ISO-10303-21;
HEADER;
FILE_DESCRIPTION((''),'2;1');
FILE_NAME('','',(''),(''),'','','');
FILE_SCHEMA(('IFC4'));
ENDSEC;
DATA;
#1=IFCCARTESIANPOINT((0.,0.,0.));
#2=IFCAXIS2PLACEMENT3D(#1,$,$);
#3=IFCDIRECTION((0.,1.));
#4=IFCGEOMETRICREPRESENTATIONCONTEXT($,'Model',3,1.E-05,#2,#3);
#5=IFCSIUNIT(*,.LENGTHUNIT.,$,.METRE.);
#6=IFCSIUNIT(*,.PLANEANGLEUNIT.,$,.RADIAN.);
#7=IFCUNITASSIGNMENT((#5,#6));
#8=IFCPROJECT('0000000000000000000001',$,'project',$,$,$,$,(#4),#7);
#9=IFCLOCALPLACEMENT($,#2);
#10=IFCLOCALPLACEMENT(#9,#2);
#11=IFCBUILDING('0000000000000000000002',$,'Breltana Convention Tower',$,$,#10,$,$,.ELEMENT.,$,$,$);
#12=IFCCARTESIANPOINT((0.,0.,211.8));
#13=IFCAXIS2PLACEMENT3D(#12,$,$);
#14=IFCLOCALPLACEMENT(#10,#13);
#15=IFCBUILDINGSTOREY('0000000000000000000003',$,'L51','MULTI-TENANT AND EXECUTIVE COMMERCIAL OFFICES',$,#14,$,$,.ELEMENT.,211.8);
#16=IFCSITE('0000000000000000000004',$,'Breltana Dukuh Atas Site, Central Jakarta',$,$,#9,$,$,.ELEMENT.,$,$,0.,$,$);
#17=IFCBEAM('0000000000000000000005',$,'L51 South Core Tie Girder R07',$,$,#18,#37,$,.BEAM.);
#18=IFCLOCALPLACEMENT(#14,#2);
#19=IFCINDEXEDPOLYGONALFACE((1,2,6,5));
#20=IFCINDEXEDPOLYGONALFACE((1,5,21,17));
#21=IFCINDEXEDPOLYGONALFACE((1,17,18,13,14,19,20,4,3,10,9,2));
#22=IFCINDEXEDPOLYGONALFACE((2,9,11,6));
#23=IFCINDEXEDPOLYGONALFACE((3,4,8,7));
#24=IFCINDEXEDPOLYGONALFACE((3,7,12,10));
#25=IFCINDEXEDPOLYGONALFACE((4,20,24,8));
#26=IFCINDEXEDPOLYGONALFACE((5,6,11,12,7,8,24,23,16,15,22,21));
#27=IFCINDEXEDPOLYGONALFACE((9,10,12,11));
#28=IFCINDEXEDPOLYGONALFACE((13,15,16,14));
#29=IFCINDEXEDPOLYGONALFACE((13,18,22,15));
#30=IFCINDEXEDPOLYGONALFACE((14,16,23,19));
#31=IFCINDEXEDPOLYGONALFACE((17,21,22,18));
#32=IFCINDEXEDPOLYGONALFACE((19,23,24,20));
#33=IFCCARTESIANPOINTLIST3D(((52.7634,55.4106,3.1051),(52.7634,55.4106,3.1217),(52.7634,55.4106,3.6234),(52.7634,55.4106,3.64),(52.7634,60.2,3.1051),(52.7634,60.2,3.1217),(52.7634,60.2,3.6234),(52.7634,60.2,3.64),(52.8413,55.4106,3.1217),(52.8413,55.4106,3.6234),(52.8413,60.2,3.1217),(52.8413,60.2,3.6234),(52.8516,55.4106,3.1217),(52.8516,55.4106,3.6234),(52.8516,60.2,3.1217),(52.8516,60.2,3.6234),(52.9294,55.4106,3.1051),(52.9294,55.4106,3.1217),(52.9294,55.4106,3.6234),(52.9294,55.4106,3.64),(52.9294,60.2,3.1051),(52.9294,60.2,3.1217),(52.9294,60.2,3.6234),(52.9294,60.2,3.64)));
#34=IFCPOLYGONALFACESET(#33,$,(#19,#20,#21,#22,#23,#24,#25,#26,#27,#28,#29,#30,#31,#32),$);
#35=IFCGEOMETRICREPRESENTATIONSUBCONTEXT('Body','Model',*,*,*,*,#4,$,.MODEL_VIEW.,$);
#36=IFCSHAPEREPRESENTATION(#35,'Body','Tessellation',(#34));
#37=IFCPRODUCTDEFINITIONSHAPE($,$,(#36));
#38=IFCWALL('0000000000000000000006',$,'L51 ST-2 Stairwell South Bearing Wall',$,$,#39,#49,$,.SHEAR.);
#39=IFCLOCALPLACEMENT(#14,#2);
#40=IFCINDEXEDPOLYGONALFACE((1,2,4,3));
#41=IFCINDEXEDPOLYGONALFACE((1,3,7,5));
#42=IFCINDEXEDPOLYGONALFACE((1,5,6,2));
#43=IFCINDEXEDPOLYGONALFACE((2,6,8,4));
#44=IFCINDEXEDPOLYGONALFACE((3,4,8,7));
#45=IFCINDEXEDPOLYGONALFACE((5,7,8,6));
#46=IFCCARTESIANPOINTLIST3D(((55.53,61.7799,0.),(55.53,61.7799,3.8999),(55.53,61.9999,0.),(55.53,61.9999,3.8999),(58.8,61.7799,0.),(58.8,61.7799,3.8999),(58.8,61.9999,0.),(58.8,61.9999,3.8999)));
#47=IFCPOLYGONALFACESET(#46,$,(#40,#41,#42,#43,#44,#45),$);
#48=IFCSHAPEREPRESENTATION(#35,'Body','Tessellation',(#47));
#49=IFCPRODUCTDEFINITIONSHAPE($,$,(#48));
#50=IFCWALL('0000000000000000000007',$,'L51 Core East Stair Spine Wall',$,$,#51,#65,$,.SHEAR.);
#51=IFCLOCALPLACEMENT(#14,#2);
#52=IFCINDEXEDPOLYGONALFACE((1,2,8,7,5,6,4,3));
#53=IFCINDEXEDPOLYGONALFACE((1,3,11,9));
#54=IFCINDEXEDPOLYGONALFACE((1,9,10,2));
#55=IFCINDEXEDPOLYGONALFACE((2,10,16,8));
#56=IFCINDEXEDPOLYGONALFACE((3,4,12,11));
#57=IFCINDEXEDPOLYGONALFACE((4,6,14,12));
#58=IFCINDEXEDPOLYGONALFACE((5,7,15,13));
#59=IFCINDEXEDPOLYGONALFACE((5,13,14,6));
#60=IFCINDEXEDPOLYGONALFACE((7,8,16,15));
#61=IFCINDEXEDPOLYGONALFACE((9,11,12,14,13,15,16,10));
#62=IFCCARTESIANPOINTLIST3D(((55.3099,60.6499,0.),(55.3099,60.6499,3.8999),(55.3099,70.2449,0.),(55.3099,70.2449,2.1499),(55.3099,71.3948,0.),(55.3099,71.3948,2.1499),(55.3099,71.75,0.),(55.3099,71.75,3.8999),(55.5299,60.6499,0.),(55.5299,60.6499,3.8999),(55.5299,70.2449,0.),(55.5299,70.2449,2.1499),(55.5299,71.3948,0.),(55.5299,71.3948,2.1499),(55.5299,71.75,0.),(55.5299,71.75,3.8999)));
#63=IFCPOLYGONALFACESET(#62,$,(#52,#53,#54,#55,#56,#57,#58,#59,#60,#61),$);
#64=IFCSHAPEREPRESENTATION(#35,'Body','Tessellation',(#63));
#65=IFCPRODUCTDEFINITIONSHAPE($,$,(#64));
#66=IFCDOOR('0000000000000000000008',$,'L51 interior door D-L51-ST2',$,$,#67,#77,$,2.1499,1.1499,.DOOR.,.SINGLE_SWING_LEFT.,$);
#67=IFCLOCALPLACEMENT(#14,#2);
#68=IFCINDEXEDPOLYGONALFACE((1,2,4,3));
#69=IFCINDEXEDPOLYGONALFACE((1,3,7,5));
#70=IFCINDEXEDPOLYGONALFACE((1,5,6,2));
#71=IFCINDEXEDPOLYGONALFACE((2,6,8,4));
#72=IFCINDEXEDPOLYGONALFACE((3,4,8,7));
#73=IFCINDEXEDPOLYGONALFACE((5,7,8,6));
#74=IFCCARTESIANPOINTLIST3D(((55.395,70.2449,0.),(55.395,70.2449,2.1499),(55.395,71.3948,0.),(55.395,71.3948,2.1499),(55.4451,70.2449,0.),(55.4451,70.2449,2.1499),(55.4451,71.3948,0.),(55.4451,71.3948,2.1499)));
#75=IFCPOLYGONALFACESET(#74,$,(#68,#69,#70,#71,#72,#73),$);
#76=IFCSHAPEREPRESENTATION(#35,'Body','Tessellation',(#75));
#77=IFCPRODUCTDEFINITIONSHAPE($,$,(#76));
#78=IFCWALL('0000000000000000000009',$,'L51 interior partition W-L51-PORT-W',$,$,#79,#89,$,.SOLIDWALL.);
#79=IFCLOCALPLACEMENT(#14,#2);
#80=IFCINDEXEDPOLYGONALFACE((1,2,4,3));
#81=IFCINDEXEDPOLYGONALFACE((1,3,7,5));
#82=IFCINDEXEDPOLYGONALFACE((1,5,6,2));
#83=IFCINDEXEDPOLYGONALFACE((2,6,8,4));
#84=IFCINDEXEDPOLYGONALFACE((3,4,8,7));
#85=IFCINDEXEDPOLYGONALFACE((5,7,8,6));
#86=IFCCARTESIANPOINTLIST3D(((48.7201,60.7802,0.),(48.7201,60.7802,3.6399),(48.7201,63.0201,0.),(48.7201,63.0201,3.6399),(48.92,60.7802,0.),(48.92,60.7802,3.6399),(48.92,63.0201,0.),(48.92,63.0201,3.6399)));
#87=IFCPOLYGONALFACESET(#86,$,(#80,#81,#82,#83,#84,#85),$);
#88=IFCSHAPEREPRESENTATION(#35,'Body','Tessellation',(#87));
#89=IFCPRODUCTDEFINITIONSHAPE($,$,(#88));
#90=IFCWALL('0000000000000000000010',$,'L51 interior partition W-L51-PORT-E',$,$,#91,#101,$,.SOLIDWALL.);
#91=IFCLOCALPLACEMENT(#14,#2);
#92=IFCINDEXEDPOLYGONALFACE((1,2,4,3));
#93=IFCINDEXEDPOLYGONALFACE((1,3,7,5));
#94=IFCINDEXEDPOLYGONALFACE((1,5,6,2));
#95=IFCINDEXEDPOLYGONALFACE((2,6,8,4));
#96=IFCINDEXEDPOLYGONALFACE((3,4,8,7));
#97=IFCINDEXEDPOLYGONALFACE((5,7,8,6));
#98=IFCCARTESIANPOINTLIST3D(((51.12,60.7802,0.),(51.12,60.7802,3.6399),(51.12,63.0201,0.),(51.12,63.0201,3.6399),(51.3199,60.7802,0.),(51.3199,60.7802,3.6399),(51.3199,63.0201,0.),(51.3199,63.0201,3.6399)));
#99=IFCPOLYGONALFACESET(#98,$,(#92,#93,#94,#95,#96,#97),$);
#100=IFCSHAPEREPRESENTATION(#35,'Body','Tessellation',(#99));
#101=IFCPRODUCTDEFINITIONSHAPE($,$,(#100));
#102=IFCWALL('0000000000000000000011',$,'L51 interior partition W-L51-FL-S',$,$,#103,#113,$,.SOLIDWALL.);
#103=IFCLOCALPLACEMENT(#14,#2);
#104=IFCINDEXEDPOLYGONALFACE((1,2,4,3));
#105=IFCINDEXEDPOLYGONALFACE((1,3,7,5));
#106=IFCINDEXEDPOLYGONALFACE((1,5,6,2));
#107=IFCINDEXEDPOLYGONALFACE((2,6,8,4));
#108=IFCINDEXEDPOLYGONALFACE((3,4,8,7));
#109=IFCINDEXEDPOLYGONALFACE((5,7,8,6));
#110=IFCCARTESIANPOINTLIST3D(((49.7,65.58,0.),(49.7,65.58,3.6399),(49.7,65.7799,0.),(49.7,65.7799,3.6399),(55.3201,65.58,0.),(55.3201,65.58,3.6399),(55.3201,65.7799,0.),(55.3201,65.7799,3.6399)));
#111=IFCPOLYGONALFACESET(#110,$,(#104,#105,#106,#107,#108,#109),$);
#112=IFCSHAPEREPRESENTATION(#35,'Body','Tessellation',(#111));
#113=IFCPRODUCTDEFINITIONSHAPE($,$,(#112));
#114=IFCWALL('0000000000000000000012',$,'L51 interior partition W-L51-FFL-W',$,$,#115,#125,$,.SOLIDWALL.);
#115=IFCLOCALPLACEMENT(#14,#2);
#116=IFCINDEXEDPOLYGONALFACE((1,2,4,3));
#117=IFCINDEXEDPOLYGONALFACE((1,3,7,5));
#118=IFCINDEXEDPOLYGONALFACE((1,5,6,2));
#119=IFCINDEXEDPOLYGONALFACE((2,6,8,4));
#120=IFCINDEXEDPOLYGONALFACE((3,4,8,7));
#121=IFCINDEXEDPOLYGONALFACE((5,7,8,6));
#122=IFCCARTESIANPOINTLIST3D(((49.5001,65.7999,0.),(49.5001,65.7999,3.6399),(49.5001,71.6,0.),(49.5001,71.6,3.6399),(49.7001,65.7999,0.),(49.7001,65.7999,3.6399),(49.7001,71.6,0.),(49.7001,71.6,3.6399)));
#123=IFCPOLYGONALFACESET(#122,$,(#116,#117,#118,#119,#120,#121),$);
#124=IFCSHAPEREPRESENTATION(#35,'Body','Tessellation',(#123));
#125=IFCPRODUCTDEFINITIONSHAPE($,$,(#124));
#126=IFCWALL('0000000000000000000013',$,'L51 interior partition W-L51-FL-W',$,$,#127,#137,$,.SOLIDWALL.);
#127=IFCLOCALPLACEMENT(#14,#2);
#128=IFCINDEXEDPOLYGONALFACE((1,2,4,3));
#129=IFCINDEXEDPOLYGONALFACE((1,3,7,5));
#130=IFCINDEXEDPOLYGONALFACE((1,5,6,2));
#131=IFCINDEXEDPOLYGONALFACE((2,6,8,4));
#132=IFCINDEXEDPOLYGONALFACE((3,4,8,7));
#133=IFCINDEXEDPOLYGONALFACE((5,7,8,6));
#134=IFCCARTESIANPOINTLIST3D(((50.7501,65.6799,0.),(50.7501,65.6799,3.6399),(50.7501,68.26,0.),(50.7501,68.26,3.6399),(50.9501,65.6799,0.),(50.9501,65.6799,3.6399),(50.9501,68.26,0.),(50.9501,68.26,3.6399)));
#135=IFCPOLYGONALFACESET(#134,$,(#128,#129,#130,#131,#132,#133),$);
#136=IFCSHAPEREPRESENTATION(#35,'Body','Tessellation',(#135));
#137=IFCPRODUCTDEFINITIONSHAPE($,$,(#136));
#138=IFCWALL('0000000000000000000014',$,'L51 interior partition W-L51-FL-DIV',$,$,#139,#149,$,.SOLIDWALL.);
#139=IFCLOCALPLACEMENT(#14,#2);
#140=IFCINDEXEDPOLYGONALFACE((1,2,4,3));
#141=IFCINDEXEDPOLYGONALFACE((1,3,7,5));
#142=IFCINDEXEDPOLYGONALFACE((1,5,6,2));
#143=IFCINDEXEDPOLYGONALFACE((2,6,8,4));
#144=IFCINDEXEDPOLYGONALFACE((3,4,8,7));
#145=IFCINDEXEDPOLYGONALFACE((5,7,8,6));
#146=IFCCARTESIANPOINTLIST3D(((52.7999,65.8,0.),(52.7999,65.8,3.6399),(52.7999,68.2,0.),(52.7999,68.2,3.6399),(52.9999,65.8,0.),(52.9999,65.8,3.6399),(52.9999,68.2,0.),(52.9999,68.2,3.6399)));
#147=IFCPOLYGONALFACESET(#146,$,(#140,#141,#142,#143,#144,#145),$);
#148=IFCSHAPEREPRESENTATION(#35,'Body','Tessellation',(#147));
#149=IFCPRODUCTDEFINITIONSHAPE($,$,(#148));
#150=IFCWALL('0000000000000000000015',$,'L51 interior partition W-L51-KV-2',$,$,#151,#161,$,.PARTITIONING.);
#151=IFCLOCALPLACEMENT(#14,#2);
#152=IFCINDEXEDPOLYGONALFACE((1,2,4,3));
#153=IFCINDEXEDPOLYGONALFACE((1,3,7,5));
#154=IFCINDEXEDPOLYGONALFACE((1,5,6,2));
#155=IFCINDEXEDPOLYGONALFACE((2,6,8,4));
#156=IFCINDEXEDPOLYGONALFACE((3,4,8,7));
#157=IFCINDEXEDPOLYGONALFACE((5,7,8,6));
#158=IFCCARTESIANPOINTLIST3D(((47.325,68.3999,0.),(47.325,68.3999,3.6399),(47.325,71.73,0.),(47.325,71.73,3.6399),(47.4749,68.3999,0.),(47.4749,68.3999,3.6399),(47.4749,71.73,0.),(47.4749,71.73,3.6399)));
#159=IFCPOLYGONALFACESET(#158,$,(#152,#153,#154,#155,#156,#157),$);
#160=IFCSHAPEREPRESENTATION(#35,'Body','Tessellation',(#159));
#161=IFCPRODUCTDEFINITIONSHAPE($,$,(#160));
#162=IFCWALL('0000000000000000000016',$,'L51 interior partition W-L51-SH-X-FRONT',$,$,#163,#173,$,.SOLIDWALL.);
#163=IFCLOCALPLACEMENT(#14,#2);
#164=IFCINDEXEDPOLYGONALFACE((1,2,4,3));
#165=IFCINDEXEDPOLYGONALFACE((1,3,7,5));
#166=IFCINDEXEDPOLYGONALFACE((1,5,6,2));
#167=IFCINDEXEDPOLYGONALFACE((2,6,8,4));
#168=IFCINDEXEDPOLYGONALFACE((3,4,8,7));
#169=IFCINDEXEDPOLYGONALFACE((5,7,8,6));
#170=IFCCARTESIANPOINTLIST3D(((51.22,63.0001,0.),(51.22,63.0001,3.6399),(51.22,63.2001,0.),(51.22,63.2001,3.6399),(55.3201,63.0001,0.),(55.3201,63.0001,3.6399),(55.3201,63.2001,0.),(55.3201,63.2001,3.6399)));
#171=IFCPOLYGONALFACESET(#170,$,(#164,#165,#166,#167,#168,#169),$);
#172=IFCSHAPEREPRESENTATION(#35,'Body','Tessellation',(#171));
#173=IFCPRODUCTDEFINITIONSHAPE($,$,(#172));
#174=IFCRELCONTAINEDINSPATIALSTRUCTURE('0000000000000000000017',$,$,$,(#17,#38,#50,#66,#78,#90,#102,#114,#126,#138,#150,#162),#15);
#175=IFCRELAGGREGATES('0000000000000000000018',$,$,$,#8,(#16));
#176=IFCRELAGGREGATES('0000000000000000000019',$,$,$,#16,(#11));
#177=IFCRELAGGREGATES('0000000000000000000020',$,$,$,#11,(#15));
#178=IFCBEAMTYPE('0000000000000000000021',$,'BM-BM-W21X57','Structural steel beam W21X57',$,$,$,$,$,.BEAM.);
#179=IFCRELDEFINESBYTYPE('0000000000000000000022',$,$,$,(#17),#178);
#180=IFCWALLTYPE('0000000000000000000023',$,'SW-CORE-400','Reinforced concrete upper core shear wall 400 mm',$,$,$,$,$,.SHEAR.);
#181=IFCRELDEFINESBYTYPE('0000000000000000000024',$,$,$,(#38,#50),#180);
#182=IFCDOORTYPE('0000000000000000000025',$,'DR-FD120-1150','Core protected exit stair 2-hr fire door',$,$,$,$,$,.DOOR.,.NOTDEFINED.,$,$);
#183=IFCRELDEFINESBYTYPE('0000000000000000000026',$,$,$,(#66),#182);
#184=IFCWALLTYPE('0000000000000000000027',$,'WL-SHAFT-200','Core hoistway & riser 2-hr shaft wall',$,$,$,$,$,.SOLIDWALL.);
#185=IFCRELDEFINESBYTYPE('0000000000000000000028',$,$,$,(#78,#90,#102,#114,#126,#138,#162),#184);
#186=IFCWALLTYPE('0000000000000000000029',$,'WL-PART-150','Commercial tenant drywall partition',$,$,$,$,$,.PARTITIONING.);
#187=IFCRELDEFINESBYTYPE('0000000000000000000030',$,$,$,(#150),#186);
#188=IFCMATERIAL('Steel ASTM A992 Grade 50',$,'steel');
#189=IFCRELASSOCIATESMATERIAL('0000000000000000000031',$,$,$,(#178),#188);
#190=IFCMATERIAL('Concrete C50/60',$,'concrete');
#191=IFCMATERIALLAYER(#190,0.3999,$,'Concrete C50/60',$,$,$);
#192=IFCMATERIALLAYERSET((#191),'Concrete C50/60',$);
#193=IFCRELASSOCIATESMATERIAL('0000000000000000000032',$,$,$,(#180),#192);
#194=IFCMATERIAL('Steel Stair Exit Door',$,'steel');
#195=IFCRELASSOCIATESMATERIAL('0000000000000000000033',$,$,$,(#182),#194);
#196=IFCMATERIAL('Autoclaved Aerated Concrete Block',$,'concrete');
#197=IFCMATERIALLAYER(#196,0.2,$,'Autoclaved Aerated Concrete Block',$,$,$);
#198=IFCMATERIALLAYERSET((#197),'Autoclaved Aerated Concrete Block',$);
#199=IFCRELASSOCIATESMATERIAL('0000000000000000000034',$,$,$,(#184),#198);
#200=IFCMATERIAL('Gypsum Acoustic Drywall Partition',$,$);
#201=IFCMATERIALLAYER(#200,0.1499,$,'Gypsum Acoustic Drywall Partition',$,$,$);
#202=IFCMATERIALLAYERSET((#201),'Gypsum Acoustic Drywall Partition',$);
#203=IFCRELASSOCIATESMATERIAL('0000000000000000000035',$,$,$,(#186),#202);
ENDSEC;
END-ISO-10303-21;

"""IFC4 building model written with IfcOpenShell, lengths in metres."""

from ifc_helpers import new_model, si_unit, direction, frame, frame_2d, origin, origin_2d, place, context, subcontext, project, spatial, rectangle, i_section, extrude, source, transform, mapped, material, layer, layer_set, material_profile, profile_set, type_object, type_shapes, element, fill, save


model = new_model("IFC4")

# Units and contexts
model_context = context("Model", 3, precision=1e-05, world=origin(), true_north=direction((0.0, 1.0)))
body_context = subcontext(model_context, "Body", "Model", "MODEL_VIEW")
ifc_project = project(units=[si_unit("LENGTHUNIT", "METRE"), si_unit("PLANEANGLEUNIT", "RADIAN")], contexts=[model_context])

# Site, building, storey
site_placement = place(None, origin())
site = spatial("IfcSite", under=ifc_project, at=site_placement, Name="Breltana Dukuh Atas Site, Central Jakarta", CompositionType="ELEMENT", RefElevation=0.0)
building_placement = place(site_placement, origin())
building = spatial("IfcBuilding", under=site, at=building_placement, Name="Breltana Convention Tower", CompositionType="ELEMENT")
storey_placement = place(building_placement, frame((0.0, 0.0, 211.8)))
storey = spatial("IfcBuildingStorey", under=building, at=storey_placement, Name="L51", Description="MULTI-TENANT AND EXECUTIVE COMMERCIAL OFFICES", CompositionType="ELEMENT", Elevation=211.8)

# Beam
ifc_material_1 = material(Name="Steel ASTM A992 Grade 50", Category="steel")
ifc_material_profile = material_profile(ifc_material_1, i_section(OverallWidth=0.166, OverallDepth=0.5349, WebThickness=0.0103, FlangeThickness=0.0166, at=origin_2d()), Name="W21X57")
ifc_profile_set = profile_set([ifc_material_profile], Name="Steel ASTM A992 Grade 50")
beam_type = type_object("IfcBeamType", Name="BM-BM-W21X57", Description="Structural steel beam W21X57", PredefinedType="BEAM", material=ifc_profile_set)
shared_shape_1 = source(origin(), body_context, "Body", "SweptSolid", [
    extrude(i_section(OverallWidth=0.166, OverallDepth=0.5349, WebThickness=0.0103, FlangeThickness=0.0166, at=origin_2d()), origin(), (0.0, 0.0, 1.0), 4.7893),
])
beam_placement = place(storey_placement, frame((52.8464, 60.2, 3.3726), z_axis=(0.0, -1.0, 0.0), x_axis=(1.0, 0.0, 0.0)))
element("IfcBeam", 1, at=beam_placement, inside=storey, type_object=beam_type, Name="L51 South Core Tie Girder R07", PredefinedType="BEAM", context=body_context, shape_type="MappedRepresentation", body=[
    mapped(shared_shape_1, transform((0.0, 0.0, 0.0), scale=1.0)),
])

# Wall
ifc_material_2 = material(Name="Concrete C50/60", Category="concrete")
ifc_layer_1 = layer(ifc_material_2, 0.3999, Name="Concrete C50/60")
ifc_layer_set_1 = layer_set([ifc_layer_1], Name="Concrete C50/60")
wall_type_1 = type_object("IfcWallType", Name="SW-CORE-400", Description="Reinforced concrete upper core shear wall 400 mm", PredefinedType="SHEAR", material=ifc_layer_set_1)
shared_shape_2 = source(origin(), body_context, "Body", "SweptSolid", [
    extrude(rectangle(XDim=3.27, YDim=0.22, at=frame_2d((1.635, 0.0))), origin(), (0.0, 0.0, 1.0), 3.8999),
])
wall_1_placement = place(storey_placement, frame((55.53, 61.8899, 0.0), z_axis=(0.0, 0.0, 1.0), x_axis=(1.0, 0.0, 0.0)))
element("IfcWall", 2, at=wall_1_placement, inside=storey, type_object=wall_type_1, Name="L51 ST-2 Stairwell South Bearing Wall", PredefinedType="SHEAR", context=body_context, shape_type="MappedRepresentation", body=[
    mapped(shared_shape_2, transform((0.0, 0.0, 0.0), scale=1.0)),
])

# Wall, opening, door
shared_shape_3 = source(origin(), body_context, "Body", "SweptSolid", [
    extrude(rectangle(XDim=11.1001, YDim=0.22, at=frame_2d((5.55, 0.0))), origin(), (0.0, 0.0, 1.0), 3.8999),
])
wall_2_placement = place(storey_placement, frame((55.4199, 60.6499, 0.0), z_axis=(0.0, 0.0, 1.0), x_axis=(0.0, 1.0, 0.0)))
wall_2 = element("IfcWall", 3, at=wall_2_placement, inside=storey, type_object=wall_type_1, Name="L51 Core East Stair Spine Wall", PredefinedType="SHEAR", context=body_context, shape_type="MappedRepresentation", body=[
    mapped(shared_shape_3, transform((0.0, 0.0, 0.0), scale=1.0)),
])
opening_1_placement = place(wall_2_placement, frame((9.595, 0.0, 0.0)))
opening_1 = element("IfcOpeningElement", 4, at=opening_1_placement, cuts=wall_2, PredefinedType="OPENING", context=body_context, shape_type="SweptSolid", body=[
    extrude(rectangle(XDim=1.1499, YDim=2.1499, at=frame_2d((0.575, 1.075))), frame((0.0, 0.1201, 0.0), z_axis=(0.0, -1.0, 0.0), x_axis=(1.0, 0.0, 0.0)), (0.0, 0.0, 1.0), 0.24),
])
ifc_material_3 = material(Name="Steel Stair Exit Door", Category="steel")
door_type_1 = type_object("IfcDoorType", Name="DR-FD120-1150", Description="Core protected exit stair 2-hr fire door", OperationType="NOTDEFINED", PredefinedType="DOOR", material=ifc_material_3)
shared_shape_4 = source(origin(), body_context, "Body", "SweptSolid", [
    extrude(rectangle(XDim=1.1499, YDim=2.1499, at=frame_2d((0.575, 1.075))), frame((0.0, 0.0249, 0.0), z_axis=(0.0, -1.0, 0.0), x_axis=(1.0, 0.0, 0.0)), (0.0, 0.0, 1.0), 0.05),
])
type_shapes(door_type_1, [shared_shape_4])
door_1_placement = place(opening_1_placement, origin())
door_1 = element("IfcDoor", 5, at=door_1_placement, inside=storey, type_object=door_type_1, Name="L51 interior door D-L51-ST2", OperationType="SINGLE_SWING_LEFT", OverallHeight=2.1499, OverallWidth=1.1499, PredefinedType="DOOR", context=body_context, shape_type="MappedRepresentation", body=[
    mapped(shared_shape_4, transform((0.0, 0.0, 0.0), scale=1.0)),
])
fill(opening_1, door_1)

# Walls
ifc_material_4 = material(Name="Autoclaved Aerated Concrete Block", Category="concrete")
ifc_layer_2 = layer(ifc_material_4, 0.2, Name="Autoclaved Aerated Concrete Block")
ifc_layer_set_2 = layer_set([ifc_layer_2], Name="Autoclaved Aerated Concrete Block")
wall_type_2 = type_object("IfcWallType", Name="WL-SHAFT-200", Description="Core hoistway & riser 2-hr shaft wall", PredefinedType="SOLIDWALL", material=ifc_layer_set_2)
shared_shape_5 = source(origin(), body_context, "Body", "SweptSolid", [
    extrude(rectangle(XDim=2.24, YDim=0.2, at=frame_2d((1.1201, 0.0))), origin(), (0.0, 0.0, 1.0), 3.6399),
])
for number, where, z_axis, x_axis, name in (
    (6, (48.8201, 60.78, 0.0), (0.0, 0.0, 1.0), (0.0, 1.0, 0.0), "L51 interior partition W-L51-PORT-W"),
    (7, (51.22, 60.78, 0.0), (0.0, 0.0, 1.0), (0.0, 1.0, 0.0), "L51 interior partition W-L51-PORT-E"),
):
    element("IfcWall", number, at=place(storey_placement, frame(where, z_axis=z_axis, x_axis=x_axis)), inside=storey, type_object=wall_type_2, Name=name, PredefinedType="SOLIDWALL", context=body_context, shape_type="MappedRepresentation", body=[
        mapped(shared_shape_5, transform((0.0, 0.0, 0.0), scale=1.0)),
    ])

# Shared definitions
shared_shape_6 = source(origin(), body_context, "Body", "SweptSolid", [
    extrude(rectangle(XDim=5.6201, YDim=0.2, at=frame_2d((2.8101, 0.0))), origin(), (0.0, 0.0, 1.0), 3.6399),
])

# Walls
wall_3_placement = place(storey_placement, frame((49.7, 65.6799, 0.0), z_axis=(0.0, 0.0, 1.0), x_axis=(1.0, 0.0, 0.0)))
element("IfcWall", 8, at=wall_3_placement, inside=storey, type_object=wall_type_2, Name="L51 interior partition W-L51-FL-S", PredefinedType="SOLIDWALL", context=body_context, shape_type="MappedRepresentation", body=[
    mapped(shared_shape_6, transform((0.0, 0.0, 0.0), scale=1.0)),
])
shared_shape_7 = source(origin(), body_context, "Body", "SweptSolid", [
    extrude(rectangle(XDim=5.8, YDim=0.2, at=frame_2d((2.8999, 0.0))), origin(), (0.0, 0.0, 1.0), 3.6399),
])
wall_4_placement = place(storey_placement, frame((49.6001, 65.8, 0.0), z_axis=(0.0, 0.0, 1.0), x_axis=(0.0, 1.0, 0.0)))
element("IfcWall", 9, at=wall_4_placement, inside=storey, type_object=wall_type_2, Name="L51 interior partition W-L51-FFL-W", PredefinedType="SOLIDWALL", context=body_context, shape_type="MappedRepresentation", body=[
    mapped(shared_shape_7, transform((0.0, 0.0, 0.0), scale=1.0)),
])
shared_shape_8 = source(origin(), body_context, "Body", "SweptSolid", [
    extrude(rectangle(XDim=2.5801, YDim=0.2, at=frame_2d((1.29, 0.0))), origin(), (0.0, 0.0, 1.0), 3.6399),
])
wall_5_placement = place(storey_placement, frame((50.8501, 65.6799, 0.0), z_axis=(0.0, 0.0, 1.0), x_axis=(0.0, 1.0, 0.0)))
element("IfcWall", 10, at=wall_5_placement, inside=storey, type_object=wall_type_2, Name="L51 interior partition W-L51-FL-W", PredefinedType="SOLIDWALL", context=body_context, shape_type="MappedRepresentation", body=[
    mapped(shared_shape_8, transform((0.0, 0.0, 0.0), scale=1.0)),
])
shared_shape_9 = source(origin(), body_context, "Body", "SweptSolid", [
    extrude(rectangle(XDim=2.3999, YDim=0.2, at=frame_2d((1.2, 0.0))), origin(), (0.0, 0.0, 1.0), 3.6399),
])
wall_6_placement = place(storey_placement, frame((52.8999, 65.8, 0.0), z_axis=(0.0, 0.0, 1.0), x_axis=(0.0, 1.0, 0.0)))
element("IfcWall", 11, at=wall_6_placement, inside=storey, type_object=wall_type_2, Name="L51 interior partition W-L51-FL-DIV", PredefinedType="SOLIDWALL", context=body_context, shape_type="MappedRepresentation", body=[
    mapped(shared_shape_9, transform((0.0, 0.0, 0.0), scale=1.0)),
])
ifc_material_5 = material(Name="Gypsum Acoustic Drywall Partition")
ifc_layer_3 = layer(ifc_material_5, 0.1499, Name="Gypsum Acoustic Drywall Partition")
ifc_layer_set_3 = layer_set([ifc_layer_3], Name="Gypsum Acoustic Drywall Partition")
wall_type_3 = type_object("IfcWallType", Name="WL-PART-150", Description="Commercial tenant drywall partition", PredefinedType="PARTITIONING", material=ifc_layer_set_3)
shared_shape_10 = source(origin(), body_context, "Body", "SweptSolid", [
    extrude(rectangle(XDim=3.3301, YDim=0.1499, at=frame_2d((1.665, 0.0))), origin(), (0.0, 0.0, 1.0), 3.6399),
])
wall_7_placement = place(storey_placement, frame((47.3999, 68.3999, 0.0), z_axis=(0.0, 0.0, 1.0), x_axis=(0.0, 1.0, 0.0)))
element("IfcWall", 12, at=wall_7_placement, inside=storey, type_object=wall_type_3, Name="L51 interior partition W-L51-KV-2", PredefinedType="PARTITIONING", context=body_context, shape_type="MappedRepresentation", body=[
    mapped(shared_shape_10, transform((0.0, 0.0, 0.0), scale=1.0)),
])
shared_shape_11 = source(origin(), body_context, "Body", "SweptSolid", [
    extrude(rectangle(XDim=4.1001, YDim=0.2, at=frame_2d((2.05, 0.0))), origin(), (0.0, 0.0, 1.0), 3.6399),
])
wall_8_placement = place(storey_placement, frame((51.22, 63.1001, 0.0), z_axis=(0.0, 0.0, 1.0), x_axis=(1.0, 0.0, 0.0)))
element("IfcWall", 13, at=wall_8_placement, inside=storey, type_object=wall_type_2, Name="L51 interior partition W-L51-SH-X-FRONT", PredefinedType="SOLIDWALL", context=body_context, shape_type="MappedRepresentation", body=[
    mapped(shared_shape_11, transform((0.0, 0.0, 0.0), scale=1.0)),
])

save(model, "model.ifc")
